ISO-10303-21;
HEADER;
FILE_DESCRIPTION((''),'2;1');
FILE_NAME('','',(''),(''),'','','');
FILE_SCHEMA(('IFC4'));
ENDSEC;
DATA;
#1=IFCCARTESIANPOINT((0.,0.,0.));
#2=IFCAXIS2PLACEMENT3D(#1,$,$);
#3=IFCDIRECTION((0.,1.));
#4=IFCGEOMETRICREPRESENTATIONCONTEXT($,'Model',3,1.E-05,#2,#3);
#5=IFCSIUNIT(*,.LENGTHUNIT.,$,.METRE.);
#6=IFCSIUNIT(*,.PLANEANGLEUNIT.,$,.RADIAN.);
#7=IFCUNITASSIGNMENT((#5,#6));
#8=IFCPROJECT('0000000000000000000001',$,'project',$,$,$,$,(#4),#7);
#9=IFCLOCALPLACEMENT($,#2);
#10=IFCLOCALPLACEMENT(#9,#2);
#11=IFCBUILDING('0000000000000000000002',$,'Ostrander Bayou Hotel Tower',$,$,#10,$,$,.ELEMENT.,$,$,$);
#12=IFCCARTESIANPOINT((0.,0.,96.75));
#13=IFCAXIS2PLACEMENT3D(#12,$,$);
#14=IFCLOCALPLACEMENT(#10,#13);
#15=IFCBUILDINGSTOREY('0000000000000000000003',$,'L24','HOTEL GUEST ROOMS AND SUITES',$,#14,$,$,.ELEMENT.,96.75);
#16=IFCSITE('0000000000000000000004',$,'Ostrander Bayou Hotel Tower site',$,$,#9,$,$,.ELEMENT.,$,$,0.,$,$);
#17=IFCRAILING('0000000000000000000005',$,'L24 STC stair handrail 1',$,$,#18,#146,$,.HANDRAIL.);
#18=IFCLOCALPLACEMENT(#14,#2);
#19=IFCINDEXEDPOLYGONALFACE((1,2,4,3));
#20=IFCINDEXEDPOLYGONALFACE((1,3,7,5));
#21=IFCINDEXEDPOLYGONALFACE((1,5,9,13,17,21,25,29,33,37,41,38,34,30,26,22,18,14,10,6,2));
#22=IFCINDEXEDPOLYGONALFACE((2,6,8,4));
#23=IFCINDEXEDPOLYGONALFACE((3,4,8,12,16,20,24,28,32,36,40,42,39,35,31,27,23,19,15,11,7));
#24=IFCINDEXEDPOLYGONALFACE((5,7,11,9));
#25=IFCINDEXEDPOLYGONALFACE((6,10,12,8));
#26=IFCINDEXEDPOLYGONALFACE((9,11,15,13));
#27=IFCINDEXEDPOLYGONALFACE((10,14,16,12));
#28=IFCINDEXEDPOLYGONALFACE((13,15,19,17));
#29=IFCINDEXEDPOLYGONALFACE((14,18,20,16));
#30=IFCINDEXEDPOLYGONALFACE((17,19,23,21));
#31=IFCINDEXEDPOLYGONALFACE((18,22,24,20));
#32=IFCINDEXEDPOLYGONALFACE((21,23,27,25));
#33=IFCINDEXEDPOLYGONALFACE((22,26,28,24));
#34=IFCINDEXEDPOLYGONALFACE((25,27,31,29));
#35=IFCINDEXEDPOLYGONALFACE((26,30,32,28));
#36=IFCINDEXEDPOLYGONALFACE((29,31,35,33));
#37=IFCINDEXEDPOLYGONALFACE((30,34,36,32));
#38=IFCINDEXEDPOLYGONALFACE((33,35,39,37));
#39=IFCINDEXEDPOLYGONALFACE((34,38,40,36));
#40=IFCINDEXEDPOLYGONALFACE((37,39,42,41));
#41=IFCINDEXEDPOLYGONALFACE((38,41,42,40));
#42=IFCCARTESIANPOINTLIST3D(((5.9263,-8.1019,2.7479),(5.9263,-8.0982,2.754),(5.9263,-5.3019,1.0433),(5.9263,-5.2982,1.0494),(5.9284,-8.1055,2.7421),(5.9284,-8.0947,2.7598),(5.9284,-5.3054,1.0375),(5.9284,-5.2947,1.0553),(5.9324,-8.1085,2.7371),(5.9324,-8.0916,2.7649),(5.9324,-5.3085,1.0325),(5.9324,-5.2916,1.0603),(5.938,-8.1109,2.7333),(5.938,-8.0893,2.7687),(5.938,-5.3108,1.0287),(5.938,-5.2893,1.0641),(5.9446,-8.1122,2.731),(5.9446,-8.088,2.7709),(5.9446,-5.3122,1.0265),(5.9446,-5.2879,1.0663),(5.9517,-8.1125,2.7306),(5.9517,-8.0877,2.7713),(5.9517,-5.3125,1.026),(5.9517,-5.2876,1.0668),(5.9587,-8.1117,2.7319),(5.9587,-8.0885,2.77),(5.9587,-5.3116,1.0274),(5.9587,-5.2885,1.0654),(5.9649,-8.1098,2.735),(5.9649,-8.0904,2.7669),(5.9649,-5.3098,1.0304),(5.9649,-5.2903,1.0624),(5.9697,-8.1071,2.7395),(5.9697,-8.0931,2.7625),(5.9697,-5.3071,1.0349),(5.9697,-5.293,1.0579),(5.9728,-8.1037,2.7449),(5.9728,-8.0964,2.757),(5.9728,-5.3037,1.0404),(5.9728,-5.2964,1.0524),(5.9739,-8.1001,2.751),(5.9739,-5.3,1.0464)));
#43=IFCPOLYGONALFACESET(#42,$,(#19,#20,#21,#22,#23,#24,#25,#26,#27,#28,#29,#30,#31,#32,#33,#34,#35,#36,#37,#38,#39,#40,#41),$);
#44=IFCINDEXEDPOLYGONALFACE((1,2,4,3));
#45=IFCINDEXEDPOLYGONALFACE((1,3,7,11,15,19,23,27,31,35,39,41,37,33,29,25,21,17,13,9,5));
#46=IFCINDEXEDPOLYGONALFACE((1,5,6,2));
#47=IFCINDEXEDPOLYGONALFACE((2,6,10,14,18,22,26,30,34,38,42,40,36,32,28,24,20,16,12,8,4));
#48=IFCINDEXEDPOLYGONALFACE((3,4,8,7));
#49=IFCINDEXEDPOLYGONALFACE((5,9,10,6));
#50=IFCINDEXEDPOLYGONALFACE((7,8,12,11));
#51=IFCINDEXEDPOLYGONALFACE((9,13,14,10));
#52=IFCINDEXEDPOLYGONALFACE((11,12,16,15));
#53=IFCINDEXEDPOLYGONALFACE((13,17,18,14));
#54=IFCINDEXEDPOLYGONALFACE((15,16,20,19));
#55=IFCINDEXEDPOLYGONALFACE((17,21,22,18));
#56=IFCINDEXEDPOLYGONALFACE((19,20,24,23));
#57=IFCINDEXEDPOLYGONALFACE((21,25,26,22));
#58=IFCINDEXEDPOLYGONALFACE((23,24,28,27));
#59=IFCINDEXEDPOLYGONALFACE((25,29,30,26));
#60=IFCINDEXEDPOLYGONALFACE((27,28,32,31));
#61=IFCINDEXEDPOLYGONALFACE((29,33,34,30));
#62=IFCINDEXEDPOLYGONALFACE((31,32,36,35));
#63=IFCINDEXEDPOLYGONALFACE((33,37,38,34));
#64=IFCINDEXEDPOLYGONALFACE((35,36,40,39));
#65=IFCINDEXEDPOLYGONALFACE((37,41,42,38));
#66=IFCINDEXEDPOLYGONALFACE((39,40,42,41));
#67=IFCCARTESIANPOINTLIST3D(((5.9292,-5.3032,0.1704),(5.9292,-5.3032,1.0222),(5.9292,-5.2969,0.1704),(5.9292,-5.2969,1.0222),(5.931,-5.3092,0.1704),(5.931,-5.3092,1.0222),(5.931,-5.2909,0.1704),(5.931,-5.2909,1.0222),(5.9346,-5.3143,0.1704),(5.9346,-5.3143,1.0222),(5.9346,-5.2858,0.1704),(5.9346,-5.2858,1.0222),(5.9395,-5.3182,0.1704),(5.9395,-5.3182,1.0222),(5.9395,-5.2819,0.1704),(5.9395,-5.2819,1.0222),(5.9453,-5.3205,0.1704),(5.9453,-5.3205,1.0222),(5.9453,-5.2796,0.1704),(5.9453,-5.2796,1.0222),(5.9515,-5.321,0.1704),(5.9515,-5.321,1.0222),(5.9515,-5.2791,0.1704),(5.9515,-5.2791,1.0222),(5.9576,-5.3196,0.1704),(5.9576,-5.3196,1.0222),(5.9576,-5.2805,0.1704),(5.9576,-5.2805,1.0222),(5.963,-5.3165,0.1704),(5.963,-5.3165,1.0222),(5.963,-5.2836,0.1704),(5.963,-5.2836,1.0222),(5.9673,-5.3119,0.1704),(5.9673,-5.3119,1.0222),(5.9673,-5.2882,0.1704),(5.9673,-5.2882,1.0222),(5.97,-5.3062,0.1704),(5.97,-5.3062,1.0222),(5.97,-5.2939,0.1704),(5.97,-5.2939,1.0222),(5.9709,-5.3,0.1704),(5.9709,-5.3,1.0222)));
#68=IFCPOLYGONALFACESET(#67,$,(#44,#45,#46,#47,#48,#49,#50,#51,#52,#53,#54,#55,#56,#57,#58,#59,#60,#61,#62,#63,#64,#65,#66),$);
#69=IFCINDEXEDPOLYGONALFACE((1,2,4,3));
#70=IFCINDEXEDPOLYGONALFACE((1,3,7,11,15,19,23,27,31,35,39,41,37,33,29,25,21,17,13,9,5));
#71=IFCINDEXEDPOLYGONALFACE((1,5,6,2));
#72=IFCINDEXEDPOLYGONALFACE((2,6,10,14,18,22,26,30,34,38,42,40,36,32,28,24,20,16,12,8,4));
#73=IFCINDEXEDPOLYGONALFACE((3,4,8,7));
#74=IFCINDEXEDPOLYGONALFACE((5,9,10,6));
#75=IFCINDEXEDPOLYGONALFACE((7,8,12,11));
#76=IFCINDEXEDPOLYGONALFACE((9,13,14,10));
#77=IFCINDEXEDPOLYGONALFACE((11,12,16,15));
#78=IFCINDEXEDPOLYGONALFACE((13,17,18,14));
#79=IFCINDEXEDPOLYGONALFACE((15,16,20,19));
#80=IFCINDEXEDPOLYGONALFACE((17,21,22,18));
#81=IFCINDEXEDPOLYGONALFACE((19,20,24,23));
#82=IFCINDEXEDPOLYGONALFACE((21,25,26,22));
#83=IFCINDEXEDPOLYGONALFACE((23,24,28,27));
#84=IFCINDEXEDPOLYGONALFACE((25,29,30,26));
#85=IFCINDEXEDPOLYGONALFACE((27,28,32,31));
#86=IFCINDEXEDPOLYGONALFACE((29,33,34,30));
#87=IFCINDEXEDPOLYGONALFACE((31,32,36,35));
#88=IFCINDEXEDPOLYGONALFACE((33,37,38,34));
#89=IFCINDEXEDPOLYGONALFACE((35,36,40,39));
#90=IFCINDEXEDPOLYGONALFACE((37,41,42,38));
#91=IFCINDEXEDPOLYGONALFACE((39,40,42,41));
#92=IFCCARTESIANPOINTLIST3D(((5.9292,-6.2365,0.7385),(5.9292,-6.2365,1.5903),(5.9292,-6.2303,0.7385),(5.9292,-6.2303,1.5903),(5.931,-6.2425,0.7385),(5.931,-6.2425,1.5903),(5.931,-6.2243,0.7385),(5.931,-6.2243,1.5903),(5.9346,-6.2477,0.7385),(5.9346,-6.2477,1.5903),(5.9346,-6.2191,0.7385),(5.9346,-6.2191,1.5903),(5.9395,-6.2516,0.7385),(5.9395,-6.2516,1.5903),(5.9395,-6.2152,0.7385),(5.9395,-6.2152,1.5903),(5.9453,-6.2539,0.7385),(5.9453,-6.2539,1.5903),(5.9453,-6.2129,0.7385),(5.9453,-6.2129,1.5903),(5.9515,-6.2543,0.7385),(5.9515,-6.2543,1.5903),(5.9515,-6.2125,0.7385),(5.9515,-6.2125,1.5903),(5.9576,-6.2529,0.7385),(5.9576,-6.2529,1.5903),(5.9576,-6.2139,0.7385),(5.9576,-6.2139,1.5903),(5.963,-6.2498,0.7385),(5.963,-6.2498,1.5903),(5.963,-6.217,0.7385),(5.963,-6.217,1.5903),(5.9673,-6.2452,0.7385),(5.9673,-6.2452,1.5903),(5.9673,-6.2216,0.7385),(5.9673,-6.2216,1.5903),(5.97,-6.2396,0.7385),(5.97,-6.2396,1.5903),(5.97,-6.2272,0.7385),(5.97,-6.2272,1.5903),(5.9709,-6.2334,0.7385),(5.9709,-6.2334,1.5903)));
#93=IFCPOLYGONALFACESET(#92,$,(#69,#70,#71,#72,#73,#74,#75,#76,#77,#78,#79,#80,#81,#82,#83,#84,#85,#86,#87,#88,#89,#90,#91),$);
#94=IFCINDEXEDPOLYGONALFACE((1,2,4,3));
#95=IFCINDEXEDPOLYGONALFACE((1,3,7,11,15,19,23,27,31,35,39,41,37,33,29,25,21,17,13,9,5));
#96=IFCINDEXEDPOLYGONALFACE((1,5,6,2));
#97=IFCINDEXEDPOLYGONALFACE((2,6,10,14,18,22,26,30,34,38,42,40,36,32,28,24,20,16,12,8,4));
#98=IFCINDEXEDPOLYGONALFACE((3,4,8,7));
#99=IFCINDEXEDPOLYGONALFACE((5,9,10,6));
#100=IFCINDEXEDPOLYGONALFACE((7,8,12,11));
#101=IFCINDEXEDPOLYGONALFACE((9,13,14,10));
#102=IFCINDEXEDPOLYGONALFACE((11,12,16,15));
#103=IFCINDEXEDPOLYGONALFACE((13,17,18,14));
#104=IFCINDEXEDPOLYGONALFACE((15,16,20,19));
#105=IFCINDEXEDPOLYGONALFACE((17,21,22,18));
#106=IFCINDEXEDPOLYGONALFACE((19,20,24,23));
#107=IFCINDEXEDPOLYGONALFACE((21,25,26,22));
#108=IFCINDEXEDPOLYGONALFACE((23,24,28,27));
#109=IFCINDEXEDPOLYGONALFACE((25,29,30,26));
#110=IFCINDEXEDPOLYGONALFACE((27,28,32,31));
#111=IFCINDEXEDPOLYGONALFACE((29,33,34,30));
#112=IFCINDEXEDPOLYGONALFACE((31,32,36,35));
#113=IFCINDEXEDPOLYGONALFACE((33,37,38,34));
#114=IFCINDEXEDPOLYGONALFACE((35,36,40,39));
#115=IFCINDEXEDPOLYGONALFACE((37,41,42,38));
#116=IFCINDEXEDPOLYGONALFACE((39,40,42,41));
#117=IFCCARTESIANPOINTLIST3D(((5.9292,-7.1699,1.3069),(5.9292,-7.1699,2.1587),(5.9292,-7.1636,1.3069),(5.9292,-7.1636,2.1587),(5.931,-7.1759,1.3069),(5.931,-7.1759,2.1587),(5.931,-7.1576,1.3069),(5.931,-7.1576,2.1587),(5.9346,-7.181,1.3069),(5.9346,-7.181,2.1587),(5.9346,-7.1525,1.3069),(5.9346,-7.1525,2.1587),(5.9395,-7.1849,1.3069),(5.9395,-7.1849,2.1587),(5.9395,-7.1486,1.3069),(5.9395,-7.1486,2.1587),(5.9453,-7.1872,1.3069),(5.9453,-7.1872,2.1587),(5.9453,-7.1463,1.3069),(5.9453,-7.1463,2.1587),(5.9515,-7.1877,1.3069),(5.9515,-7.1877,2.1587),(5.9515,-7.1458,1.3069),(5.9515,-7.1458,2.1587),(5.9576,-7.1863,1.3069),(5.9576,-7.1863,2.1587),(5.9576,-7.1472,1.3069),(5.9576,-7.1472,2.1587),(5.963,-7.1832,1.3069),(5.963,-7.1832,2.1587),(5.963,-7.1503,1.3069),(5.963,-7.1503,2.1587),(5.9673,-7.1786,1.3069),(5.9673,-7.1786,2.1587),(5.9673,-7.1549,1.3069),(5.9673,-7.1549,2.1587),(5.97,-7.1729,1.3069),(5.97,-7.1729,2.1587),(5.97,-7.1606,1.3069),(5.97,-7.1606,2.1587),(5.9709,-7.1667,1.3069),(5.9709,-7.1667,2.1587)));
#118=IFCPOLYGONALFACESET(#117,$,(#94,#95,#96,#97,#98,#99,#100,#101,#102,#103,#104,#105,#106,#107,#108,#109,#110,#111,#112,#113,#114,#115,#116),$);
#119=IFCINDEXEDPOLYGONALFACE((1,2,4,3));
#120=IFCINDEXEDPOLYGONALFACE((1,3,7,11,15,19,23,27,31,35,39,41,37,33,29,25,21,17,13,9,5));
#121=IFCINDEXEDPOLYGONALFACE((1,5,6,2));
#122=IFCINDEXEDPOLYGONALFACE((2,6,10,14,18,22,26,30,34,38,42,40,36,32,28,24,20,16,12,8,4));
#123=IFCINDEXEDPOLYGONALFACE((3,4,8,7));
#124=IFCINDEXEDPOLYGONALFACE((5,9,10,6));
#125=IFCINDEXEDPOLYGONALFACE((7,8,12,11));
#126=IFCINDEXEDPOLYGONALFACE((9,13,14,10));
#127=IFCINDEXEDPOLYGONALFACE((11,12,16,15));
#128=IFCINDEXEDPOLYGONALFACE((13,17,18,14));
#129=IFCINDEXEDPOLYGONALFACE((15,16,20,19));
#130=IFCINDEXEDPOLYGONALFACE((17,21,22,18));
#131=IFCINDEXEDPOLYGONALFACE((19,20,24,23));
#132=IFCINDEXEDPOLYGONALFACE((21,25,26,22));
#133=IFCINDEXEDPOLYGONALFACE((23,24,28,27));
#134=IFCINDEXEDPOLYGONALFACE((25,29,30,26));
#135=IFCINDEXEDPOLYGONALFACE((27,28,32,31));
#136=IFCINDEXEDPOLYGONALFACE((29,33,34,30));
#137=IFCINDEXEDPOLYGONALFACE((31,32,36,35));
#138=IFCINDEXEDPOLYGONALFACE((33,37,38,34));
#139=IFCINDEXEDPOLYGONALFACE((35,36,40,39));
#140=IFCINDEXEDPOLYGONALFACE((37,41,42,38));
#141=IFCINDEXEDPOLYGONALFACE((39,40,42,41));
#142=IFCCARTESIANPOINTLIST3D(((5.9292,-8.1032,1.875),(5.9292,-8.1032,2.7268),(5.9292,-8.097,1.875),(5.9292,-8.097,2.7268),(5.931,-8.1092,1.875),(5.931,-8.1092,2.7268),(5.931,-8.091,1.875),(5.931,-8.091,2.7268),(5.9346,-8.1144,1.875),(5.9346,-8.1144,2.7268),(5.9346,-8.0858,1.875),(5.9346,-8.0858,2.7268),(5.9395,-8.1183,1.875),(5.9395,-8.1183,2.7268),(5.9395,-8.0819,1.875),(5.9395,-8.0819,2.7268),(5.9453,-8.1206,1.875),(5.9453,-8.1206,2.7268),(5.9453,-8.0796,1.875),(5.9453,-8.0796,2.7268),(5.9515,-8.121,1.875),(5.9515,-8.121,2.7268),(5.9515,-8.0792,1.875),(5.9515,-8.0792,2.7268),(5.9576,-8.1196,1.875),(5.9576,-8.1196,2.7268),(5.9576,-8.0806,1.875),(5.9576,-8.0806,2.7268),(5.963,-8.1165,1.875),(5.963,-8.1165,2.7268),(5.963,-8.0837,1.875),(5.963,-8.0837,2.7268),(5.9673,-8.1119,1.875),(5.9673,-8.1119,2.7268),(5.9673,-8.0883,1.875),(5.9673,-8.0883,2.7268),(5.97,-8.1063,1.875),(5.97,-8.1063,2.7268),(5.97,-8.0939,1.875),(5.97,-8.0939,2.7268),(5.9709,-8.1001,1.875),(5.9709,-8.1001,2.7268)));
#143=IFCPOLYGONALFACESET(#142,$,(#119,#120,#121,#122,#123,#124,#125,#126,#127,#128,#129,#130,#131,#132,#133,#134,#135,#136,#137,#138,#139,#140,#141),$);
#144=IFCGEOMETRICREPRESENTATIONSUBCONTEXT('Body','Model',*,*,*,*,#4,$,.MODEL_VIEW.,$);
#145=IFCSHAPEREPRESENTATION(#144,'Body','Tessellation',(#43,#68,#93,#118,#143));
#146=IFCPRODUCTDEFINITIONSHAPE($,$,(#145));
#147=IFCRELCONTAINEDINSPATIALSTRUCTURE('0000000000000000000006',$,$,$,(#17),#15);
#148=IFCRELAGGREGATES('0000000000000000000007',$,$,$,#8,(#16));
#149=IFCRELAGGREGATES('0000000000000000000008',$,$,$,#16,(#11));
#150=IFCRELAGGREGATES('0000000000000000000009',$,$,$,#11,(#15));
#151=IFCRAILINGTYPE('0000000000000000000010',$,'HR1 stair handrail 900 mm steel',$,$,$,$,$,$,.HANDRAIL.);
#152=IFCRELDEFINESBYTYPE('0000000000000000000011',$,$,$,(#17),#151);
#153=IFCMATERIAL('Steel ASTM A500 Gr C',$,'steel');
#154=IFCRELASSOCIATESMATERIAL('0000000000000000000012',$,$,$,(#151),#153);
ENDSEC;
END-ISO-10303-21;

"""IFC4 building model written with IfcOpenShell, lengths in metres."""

from ifc_helpers import new_model, si_unit, direction, frame, origin, origin_2d, place, context, subcontext, project, spatial, circle, extrude, material, type_object, element, save


model = new_model("IFC4")

# Units and contexts
model_context = context("Model", 3, precision=1e-05, world=origin(), true_north=direction((0.0, 1.0)))
body_context = subcontext(model_context, "Body", "Model", "MODEL_VIEW")
ifc_project = project(units=[si_unit("LENGTHUNIT", "METRE"), si_unit("PLANEANGLEUNIT", "RADIAN")], contexts=[model_context])

# Site, building, storey
site_placement = place(None, origin())
site = spatial("IfcSite", under=ifc_project, at=site_placement, Name="Ostrander Bayou Hotel Tower site", CompositionType="ELEMENT", RefElevation=0.0)
building_placement = place(site_placement, origin())
building = spatial("IfcBuilding", under=site, at=building_placement, Name="Ostrander Bayou Hotel Tower", CompositionType="ELEMENT")
storey_placement = place(building_placement, frame((0.0, 0.0, 96.75)))
storey = spatial("IfcBuildingStorey", under=building, at=storey_placement, Name="L24", Description="HOTEL GUEST ROOMS AND SUITES", CompositionType="ELEMENT", Elevation=96.75)

# Railing
ifc_material_1 = material(Name="Steel ASTM A500 Gr C", Category="steel")
railing_type_1 = type_object("IfcRailingType", Name="HR1 stair handrail 900 mm steel", PredefinedType="HANDRAIL", material=ifc_material_1)
railing_1_placement = place(storey_placement, frame((5.95, -5.3, 0.1704)))
element("IfcRailing", 1, at=railing_1_placement, inside=storey, type_object=railing_type_1, Name="L24 STC stair handrail 1", PredefinedType="HANDRAIL", context=body_context, shape_type="SweptSolid", body=[
    extrude(circle(Radius=0.0239, at=origin_2d()), frame((0.0, 0.0, 0.876), z_axis=(0.0, -0.85417, 0.519994), x_axis=(1.0, 0.0, 0.0)), (0.0, 0.0, 1.0), 3.2781),
    extrude(circle(Radius=0.021, at=origin_2d()), origin(), (0.0, 0.0, 1.0), 0.8518),
    extrude(circle(Radius=0.021, at=origin_2d()), frame((0.0, -0.9333, 0.5681)), (0.0, 0.0, 1.0), 0.8518),
    extrude(circle(Radius=0.021, at=origin_2d()), frame((0.0, -1.8667, 1.1365)), (0.0, 0.0, 1.0), 0.8518),
    extrude(circle(Radius=0.021, at=origin_2d()), frame((0.0, -2.8, 1.7046)), (0.0, 0.0, 1.0), 0.8518),
])

save(model, "model.ifc")
